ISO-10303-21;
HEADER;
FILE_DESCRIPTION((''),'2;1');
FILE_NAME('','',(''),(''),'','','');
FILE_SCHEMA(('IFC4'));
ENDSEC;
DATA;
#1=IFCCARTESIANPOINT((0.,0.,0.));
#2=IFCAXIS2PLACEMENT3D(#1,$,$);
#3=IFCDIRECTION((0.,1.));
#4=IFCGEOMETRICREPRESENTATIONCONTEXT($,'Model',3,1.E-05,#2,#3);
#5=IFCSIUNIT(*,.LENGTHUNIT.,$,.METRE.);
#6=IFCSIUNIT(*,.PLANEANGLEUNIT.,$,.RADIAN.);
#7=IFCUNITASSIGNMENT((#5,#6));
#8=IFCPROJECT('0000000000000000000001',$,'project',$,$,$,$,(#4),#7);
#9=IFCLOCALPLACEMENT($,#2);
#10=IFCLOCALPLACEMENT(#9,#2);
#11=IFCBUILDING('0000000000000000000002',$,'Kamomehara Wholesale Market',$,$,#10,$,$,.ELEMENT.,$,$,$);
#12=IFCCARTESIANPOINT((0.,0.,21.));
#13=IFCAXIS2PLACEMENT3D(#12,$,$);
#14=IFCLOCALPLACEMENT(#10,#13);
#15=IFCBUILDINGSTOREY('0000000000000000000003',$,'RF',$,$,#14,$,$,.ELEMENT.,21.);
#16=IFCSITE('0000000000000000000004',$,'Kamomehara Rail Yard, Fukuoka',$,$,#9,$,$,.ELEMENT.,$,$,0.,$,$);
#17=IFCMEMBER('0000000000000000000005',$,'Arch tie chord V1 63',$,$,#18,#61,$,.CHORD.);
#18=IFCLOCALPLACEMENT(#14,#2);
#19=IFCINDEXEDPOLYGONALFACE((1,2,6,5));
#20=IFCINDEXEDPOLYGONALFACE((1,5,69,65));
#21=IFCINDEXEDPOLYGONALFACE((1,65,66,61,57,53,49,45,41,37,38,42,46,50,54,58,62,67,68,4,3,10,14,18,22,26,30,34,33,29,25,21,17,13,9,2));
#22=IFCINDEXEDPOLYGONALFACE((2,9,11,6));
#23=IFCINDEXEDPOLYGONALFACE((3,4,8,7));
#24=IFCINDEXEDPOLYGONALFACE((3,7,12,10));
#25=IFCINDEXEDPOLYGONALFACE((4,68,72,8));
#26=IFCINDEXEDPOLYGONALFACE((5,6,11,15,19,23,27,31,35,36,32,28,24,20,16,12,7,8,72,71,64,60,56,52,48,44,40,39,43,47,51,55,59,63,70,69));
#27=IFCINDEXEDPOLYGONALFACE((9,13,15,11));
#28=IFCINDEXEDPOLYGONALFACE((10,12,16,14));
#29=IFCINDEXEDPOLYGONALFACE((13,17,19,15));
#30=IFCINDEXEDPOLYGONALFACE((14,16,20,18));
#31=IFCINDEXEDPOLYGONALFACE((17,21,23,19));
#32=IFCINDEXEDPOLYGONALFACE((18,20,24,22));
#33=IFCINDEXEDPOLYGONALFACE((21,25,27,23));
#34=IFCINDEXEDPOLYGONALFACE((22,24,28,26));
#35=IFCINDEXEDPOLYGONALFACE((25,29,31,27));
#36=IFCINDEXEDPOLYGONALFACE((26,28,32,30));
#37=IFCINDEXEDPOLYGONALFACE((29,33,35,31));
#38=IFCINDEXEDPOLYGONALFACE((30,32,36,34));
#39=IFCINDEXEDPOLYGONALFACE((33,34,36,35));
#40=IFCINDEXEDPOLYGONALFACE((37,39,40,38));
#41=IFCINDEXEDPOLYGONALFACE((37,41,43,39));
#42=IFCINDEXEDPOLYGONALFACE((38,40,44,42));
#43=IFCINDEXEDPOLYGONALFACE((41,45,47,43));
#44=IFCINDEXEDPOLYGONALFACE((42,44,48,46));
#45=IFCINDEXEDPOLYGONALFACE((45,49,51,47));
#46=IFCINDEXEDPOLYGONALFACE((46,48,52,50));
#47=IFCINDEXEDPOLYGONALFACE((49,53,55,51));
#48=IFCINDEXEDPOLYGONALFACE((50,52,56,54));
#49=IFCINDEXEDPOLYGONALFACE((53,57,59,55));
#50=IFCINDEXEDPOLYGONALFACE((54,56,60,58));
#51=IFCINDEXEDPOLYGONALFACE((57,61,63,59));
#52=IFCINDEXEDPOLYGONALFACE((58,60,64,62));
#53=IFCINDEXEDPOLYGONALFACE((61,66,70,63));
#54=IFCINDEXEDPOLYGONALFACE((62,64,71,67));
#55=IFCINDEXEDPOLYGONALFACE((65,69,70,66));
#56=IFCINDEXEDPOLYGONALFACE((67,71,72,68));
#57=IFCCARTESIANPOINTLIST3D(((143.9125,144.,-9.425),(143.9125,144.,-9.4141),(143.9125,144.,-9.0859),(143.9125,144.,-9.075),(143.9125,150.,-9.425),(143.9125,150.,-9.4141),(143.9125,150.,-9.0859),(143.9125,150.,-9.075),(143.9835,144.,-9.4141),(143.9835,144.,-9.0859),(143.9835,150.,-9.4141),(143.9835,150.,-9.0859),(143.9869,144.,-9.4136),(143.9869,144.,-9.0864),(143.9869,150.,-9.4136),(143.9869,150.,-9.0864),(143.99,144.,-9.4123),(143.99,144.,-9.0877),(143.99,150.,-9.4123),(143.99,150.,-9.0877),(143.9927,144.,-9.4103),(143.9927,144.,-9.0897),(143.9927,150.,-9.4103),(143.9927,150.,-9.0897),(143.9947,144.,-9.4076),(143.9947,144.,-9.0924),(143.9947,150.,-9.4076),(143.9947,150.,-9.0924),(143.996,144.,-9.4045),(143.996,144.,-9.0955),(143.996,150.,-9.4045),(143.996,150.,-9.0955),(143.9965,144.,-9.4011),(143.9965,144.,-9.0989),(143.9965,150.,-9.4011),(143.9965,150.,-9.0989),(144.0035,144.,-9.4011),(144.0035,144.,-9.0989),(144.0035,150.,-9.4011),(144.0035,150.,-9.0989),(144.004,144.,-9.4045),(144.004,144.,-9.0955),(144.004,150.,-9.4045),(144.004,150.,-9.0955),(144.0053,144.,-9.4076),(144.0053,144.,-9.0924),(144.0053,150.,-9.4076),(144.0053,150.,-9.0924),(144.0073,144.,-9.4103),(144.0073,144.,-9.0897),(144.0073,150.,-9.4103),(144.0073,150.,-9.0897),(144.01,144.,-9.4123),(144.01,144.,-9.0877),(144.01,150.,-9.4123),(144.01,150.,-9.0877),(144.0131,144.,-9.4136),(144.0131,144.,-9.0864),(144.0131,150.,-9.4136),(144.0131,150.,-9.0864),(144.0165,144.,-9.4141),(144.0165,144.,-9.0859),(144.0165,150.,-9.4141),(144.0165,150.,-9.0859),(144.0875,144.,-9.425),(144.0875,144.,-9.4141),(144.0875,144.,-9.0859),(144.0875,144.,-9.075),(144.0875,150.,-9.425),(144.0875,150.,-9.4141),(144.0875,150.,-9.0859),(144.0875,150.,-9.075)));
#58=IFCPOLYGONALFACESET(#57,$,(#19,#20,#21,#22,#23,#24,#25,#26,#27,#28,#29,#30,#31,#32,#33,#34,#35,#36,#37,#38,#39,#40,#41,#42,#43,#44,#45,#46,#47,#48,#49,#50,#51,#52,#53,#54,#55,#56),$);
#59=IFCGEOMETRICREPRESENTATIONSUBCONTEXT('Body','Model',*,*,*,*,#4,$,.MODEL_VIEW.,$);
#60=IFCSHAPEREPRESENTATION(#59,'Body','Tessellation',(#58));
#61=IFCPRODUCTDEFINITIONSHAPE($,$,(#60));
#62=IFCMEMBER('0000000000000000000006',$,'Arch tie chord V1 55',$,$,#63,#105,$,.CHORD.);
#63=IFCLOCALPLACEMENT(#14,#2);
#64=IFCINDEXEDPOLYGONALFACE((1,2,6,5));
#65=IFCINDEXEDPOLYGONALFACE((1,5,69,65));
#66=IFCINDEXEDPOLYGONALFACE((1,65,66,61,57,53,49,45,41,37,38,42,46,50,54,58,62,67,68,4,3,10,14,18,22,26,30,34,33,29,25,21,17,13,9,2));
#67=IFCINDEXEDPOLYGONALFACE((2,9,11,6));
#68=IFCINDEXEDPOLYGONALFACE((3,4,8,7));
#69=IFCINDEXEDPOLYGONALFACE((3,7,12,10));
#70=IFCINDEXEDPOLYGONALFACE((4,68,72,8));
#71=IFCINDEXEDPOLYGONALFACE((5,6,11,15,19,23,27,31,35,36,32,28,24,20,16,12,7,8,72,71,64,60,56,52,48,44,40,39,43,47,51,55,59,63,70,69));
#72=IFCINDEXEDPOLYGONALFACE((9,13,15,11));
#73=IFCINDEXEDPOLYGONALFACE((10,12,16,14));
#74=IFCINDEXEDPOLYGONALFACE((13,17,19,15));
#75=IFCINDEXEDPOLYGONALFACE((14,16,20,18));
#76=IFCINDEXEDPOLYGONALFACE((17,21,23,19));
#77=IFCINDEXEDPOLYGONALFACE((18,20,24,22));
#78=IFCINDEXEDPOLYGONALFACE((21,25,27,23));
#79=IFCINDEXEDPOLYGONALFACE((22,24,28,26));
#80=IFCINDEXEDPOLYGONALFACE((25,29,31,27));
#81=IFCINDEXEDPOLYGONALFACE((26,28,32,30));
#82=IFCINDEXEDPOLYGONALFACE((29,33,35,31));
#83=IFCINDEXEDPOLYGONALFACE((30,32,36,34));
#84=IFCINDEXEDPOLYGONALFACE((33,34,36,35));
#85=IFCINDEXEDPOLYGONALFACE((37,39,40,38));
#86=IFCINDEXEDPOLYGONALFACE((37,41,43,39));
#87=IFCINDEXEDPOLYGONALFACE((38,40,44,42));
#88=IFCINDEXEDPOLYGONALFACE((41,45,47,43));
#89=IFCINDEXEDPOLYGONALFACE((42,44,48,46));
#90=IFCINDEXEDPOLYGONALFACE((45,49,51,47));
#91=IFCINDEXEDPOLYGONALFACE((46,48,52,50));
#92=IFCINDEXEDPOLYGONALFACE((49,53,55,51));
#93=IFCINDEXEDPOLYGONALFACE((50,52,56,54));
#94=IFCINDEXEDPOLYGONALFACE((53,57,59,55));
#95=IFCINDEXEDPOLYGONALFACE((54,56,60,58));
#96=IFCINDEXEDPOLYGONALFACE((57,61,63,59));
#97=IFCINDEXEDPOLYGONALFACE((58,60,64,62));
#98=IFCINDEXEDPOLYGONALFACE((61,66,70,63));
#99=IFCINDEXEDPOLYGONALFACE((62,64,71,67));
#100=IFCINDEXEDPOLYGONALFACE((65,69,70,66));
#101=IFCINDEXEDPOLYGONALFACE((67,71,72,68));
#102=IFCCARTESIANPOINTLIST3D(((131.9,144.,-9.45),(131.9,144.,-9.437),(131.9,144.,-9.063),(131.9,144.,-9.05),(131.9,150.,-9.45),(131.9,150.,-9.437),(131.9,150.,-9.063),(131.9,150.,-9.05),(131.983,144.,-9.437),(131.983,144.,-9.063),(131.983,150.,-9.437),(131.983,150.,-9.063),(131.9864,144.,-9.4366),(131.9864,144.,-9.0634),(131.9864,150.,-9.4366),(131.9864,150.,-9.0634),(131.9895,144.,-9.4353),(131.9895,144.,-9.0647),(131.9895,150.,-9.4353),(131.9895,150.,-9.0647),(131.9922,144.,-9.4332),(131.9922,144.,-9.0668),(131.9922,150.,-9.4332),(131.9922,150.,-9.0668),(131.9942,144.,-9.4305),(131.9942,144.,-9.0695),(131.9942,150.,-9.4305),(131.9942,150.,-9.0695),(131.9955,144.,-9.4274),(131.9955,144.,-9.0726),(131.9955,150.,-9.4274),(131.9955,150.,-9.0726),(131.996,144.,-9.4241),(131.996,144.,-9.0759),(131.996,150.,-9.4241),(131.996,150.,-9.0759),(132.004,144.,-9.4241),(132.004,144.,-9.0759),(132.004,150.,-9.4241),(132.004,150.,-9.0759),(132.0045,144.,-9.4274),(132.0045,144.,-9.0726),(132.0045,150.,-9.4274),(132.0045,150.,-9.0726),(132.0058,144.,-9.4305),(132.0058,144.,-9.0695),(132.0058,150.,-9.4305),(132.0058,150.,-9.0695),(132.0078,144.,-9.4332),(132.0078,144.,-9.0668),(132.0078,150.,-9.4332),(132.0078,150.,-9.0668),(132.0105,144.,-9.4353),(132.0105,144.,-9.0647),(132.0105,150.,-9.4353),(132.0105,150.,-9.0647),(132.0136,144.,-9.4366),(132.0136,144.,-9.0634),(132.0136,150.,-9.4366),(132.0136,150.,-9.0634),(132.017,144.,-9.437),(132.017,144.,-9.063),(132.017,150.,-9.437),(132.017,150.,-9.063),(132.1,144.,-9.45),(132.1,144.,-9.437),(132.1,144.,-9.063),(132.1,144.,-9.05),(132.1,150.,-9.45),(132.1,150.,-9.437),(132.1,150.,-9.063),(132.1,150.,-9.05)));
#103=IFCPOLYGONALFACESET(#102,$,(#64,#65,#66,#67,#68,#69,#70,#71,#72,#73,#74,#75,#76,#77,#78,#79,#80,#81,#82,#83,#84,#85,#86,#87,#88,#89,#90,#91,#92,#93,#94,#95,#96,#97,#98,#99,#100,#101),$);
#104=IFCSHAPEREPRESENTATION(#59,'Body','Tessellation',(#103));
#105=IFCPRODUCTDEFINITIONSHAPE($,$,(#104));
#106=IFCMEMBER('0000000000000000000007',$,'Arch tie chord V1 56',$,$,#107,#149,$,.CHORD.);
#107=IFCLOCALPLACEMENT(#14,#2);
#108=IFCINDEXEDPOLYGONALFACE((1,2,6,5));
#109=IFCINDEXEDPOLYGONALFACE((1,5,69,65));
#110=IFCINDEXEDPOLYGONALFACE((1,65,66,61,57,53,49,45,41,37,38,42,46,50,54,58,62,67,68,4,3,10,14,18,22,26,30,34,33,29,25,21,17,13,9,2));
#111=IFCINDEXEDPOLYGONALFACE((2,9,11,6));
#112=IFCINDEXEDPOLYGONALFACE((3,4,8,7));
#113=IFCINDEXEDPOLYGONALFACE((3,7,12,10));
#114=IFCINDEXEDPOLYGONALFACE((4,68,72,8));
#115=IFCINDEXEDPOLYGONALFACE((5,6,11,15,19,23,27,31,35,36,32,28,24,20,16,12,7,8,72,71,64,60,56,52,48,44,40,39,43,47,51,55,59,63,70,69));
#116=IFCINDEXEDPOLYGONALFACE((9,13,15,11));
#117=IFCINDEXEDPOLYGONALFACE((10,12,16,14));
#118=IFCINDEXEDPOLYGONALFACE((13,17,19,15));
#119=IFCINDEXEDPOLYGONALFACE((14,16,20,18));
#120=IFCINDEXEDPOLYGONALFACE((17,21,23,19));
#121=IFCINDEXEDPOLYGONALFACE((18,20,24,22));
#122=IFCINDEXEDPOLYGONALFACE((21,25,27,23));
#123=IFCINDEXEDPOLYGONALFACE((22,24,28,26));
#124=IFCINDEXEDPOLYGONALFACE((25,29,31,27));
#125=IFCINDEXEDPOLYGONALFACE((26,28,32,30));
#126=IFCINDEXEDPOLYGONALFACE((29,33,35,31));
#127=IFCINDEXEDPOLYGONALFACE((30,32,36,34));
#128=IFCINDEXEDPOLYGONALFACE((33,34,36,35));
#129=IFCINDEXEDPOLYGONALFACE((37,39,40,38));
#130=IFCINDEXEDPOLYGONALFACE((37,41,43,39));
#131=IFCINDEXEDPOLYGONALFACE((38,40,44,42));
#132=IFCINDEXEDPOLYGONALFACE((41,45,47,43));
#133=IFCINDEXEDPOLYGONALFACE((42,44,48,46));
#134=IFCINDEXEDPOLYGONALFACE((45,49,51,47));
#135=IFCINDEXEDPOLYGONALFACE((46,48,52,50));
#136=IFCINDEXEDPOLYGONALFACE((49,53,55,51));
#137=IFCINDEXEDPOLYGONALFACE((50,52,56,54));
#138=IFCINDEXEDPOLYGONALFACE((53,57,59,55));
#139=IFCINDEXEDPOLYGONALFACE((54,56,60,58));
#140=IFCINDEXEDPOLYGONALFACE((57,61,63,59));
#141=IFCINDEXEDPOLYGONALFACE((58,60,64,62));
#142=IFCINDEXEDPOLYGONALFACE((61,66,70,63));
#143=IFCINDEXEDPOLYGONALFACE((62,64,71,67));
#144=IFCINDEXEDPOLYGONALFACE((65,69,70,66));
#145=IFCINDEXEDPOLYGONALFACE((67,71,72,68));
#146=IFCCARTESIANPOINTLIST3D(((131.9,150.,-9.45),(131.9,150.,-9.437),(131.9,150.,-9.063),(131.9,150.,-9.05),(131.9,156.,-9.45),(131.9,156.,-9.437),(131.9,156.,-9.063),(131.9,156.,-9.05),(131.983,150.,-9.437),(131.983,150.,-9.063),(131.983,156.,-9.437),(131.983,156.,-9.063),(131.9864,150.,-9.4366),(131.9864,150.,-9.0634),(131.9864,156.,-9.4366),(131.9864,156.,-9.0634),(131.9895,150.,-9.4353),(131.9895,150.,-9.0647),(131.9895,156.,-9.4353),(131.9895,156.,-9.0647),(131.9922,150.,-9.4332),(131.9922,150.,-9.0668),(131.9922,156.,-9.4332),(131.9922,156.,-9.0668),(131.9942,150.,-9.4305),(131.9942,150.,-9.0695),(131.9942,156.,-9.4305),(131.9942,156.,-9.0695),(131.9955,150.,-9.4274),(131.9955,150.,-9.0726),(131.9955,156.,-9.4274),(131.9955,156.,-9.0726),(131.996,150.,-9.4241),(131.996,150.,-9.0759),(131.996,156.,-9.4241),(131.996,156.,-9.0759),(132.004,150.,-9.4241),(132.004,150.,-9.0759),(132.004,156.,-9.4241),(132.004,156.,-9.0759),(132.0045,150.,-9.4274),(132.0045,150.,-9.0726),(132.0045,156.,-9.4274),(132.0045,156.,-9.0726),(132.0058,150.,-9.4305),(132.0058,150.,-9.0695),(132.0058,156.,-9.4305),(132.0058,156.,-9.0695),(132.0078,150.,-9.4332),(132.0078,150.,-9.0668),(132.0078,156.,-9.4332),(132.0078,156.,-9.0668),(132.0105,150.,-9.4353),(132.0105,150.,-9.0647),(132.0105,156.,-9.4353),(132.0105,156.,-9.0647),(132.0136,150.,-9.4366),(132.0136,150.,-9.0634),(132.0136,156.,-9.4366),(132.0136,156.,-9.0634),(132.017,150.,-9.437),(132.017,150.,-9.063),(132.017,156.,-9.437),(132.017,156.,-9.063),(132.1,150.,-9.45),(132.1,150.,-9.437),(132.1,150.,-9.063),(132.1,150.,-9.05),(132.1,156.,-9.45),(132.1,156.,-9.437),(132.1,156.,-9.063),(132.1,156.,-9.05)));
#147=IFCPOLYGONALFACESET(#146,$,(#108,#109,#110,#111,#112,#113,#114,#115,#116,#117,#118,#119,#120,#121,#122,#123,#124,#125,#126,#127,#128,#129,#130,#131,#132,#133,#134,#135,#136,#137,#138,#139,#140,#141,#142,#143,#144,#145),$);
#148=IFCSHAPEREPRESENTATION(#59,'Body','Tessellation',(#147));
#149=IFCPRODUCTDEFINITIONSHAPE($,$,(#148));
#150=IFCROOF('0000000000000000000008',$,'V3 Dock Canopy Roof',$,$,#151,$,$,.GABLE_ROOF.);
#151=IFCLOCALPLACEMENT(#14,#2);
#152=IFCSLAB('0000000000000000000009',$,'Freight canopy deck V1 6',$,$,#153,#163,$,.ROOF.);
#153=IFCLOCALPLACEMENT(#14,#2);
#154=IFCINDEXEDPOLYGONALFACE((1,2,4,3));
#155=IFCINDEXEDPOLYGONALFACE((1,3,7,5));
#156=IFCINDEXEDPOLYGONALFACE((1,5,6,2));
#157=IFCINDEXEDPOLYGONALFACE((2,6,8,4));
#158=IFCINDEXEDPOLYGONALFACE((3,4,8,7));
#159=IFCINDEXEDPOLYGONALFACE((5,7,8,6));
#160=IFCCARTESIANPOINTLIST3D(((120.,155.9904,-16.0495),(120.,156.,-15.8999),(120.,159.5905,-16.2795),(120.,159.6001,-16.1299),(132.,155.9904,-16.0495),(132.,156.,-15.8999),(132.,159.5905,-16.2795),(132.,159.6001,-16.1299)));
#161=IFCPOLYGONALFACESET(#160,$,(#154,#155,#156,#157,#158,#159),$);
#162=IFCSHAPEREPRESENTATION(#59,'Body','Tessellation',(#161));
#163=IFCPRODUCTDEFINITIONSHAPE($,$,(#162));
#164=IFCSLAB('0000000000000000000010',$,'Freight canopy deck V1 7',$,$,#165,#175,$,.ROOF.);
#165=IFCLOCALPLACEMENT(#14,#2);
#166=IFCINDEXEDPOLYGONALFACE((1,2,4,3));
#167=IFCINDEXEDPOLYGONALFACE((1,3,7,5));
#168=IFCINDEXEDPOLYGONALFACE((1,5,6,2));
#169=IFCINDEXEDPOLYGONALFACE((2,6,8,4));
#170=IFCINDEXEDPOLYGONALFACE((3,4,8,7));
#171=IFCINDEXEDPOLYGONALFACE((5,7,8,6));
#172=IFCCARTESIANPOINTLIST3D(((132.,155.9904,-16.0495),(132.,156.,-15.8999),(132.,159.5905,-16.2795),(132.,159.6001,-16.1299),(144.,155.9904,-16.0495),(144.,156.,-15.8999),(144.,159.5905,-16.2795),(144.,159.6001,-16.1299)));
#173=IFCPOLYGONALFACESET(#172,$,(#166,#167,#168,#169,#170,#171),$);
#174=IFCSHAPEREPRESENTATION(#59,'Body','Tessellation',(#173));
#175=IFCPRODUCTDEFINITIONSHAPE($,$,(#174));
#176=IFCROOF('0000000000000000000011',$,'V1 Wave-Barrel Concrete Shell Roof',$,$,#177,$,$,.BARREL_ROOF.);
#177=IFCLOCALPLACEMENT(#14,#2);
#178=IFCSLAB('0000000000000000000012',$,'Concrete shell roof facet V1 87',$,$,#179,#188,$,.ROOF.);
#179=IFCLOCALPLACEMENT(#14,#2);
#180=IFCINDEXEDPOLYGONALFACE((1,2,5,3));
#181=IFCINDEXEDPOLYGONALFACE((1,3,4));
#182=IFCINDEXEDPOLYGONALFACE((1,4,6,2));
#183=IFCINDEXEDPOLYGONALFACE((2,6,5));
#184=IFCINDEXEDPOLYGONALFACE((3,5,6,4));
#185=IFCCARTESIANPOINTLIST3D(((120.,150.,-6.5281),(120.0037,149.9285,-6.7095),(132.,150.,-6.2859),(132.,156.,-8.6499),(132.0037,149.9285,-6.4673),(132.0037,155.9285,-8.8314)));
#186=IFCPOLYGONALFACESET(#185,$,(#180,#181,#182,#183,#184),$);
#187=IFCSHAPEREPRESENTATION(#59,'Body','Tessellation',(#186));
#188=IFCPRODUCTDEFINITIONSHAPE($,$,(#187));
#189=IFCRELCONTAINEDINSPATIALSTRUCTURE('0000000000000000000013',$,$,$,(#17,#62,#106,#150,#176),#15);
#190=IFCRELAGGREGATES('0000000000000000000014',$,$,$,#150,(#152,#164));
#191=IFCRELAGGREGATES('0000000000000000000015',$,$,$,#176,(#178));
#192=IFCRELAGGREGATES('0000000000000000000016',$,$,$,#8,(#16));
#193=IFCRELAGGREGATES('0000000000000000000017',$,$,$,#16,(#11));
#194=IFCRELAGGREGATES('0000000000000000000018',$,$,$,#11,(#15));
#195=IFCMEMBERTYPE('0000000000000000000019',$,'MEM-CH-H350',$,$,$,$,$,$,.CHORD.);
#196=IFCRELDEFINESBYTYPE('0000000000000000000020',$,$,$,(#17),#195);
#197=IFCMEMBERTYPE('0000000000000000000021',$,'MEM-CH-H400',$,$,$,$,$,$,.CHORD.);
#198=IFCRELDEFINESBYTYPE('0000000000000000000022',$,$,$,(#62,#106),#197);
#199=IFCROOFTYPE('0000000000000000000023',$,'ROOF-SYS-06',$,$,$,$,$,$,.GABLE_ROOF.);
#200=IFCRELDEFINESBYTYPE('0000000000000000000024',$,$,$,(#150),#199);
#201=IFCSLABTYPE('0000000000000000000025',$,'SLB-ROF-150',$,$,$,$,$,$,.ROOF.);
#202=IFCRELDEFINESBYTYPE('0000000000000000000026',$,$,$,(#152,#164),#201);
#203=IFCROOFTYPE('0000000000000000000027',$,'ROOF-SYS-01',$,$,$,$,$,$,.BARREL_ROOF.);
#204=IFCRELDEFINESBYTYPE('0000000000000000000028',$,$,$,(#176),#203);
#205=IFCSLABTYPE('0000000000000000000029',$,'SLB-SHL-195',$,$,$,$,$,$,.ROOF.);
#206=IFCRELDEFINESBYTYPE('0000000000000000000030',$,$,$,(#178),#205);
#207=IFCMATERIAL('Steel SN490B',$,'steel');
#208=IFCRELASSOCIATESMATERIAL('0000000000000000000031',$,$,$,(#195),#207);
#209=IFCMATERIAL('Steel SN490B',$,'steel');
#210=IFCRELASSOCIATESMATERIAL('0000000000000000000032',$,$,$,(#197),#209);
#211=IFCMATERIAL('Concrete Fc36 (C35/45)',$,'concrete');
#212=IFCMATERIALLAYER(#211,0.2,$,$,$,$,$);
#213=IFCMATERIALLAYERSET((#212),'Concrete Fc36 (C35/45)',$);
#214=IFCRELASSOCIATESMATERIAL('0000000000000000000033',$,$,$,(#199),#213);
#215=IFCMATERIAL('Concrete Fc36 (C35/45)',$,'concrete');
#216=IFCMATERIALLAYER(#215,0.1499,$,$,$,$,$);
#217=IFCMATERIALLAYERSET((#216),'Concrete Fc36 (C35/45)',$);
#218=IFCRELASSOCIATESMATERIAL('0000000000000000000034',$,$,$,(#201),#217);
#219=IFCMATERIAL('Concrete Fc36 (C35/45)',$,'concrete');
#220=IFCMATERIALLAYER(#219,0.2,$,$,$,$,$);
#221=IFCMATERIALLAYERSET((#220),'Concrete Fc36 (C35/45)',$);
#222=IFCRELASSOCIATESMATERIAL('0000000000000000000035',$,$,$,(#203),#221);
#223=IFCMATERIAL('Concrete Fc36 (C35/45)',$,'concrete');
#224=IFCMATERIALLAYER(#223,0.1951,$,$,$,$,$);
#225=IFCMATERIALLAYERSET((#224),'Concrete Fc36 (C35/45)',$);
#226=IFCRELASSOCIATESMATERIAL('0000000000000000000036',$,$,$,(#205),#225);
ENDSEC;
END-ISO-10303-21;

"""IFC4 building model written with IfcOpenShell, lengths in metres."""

from ifc_helpers import new_model, si_unit, direction, frame, origin, origin_2d, place, context, subcontext, project, spatial, polyline, i_section, outline, extrude, material, layer, layer_set, material_profile, profile_set, type_object, element, aggregate, save


model = new_model("IFC4")

# Units and contexts
model_context = context("Model", 3, precision=1e-05, world=origin(), true_north=direction((0.0, 1.0)))
body_context = subcontext(model_context, "Body", "Model", "MODEL_VIEW")
ifc_project = project(units=[si_unit("LENGTHUNIT", "METRE"), si_unit("PLANEANGLEUNIT", "RADIAN")], contexts=[model_context])

# Site, building, storey
site_placement = place(None, origin())
site = spatial("IfcSite", under=ifc_project, at=site_placement, Name="Kamomehara Rail Yard, Fukuoka", CompositionType="ELEMENT", RefElevation=0.0)
building_placement = place(site_placement, origin())
building = spatial("IfcBuilding", under=site, at=building_placement, Name="Kamomehara Wholesale Market", CompositionType="ELEMENT")
storey_placement = place(building_placement, frame((0.0, 0.0, 21.0)))
storey = spatial("IfcBuildingStorey", under=building, at=storey_placement, Name="RF", CompositionType="ELEMENT", Elevation=21.0)

# Members
ifc_material_1 = material(Name="Steel SN490B", Category="steel")
ifc_material_profile_1 = material_profile(ifc_material_1, i_section(OverallWidth=0.175, OverallDepth=0.3501, WebThickness=0.0071, FlangeThickness=0.011, FilletRadius=0.0129, at=origin_2d()), Name="H-350x175x7x11")
ifc_profile_set_1 = profile_set([ifc_material_profile_1], Name="Steel SN490B")
member_type_1 = type_object("IfcMemberType", Name="MEM-CH-H350", PredefinedType="CHORD", material=ifc_profile_set_1)
for number, where, z_axis, x_axis, name in (
    (1, (144.0, 144.0, -9.25), (0.0, 1.0, 0.0), (-1.0, 0.0, 0.0), "Arch tie chord V1 63"),
):
    element("IfcMember", number, at=place(storey_placement, frame(where, z_axis=z_axis, x_axis=x_axis)), inside=storey, type_object=member_type_1, Name=name, PredefinedType="CHORD", context=body_context, shape_type="SweptSolid", body=[
        extrude(i_section(OverallWidth=0.175, OverallDepth=0.3501, WebThickness=0.0071, FlangeThickness=0.011, FilletRadius=0.0129, at=origin_2d()), origin(), (0.0, 0.0, 1.0), 6.0),
    ])
ifc_material_2 = material(Name="Steel SN490B", Category="steel")
ifc_material_profile_2 = material_profile(ifc_material_2, i_section(OverallWidth=0.2, OverallDepth=0.3999, WebThickness=0.0081, FlangeThickness=0.0129, FilletRadius=0.0129, at=origin_2d()), Name="H-400x200x8x13")
ifc_profile_set_2 = profile_set([ifc_material_profile_2], Name="Steel SN490B")
member_type_2 = type_object("IfcMemberType", Name="MEM-CH-H400", PredefinedType="CHORD", material=ifc_profile_set_2)
for number, where, z_axis, x_axis, name in (
    (2, (132.0, 144.0, -9.25), (0.0, 1.0, 0.0), (-1.0, 0.0, 0.0), "Arch tie chord V1 55"),
    (3, (132.0, 150.0, -9.25), (0.0, 1.0, 0.0), (-1.0, 0.0, 0.0), "Arch tie chord V1 56"),
):
    element("IfcMember", number, at=place(storey_placement, frame(where, z_axis=z_axis, x_axis=x_axis)), inside=storey, type_object=member_type_2, Name=name, PredefinedType="CHORD", context=body_context, shape_type="SweptSolid", body=[
        extrude(i_section(OverallWidth=0.2, OverallDepth=0.3999, WebThickness=0.0081, FlangeThickness=0.0129, FilletRadius=0.0129, at=origin_2d()), origin(), (0.0, 0.0, 1.0), 6.0),
    ])

# Roofs, slabs
ifc_material_3 = material(Name="Concrete Fc36 (C35/45)", Category="concrete")
ifc_layer_1 = layer(ifc_material_3, 0.2)
ifc_layer_set_1 = layer_set([ifc_layer_1], Name="Concrete Fc36 (C35/45)")
roof_type_1 = type_object("IfcRoofType", Name="ROOF-SYS-06", PredefinedType="GABLE_ROOF", material=ifc_layer_set_1)
roof_1_placement = place(storey_placement, origin())
roof_1 = element("IfcRoof", 4, at=roof_1_placement, inside=storey, type_object=roof_type_1, Name="V3 Dock Canopy Roof", PredefinedType="GABLE_ROOF")
ifc_material_4 = material(Name="Concrete Fc36 (C35/45)", Category="concrete")
ifc_layer_2 = layer(ifc_material_4, 0.1499)
ifc_layer_set_2 = layer_set([ifc_layer_2], Name="Concrete Fc36 (C35/45)")
slab_type_1 = type_object("IfcSlabType", Name="SLB-ROF-150", PredefinedType="ROOF", material=ifc_layer_set_2)
slab_1_placement = place(storey_placement, frame((120.0, 156.0, -15.8999), z_axis=(0.0, 0.063752, 0.997966), x_axis=(1.0, 0.0, 0.0)))
slab_1 = element("IfcSlab", 5, at=slab_1_placement, type_object=slab_type_1, Name="Freight canopy deck V1 6", PredefinedType="ROOF", context=body_context, shape_type="SweptSolid", body=[
    extrude(outline(polyline([(0.0, 0.0), (12.0, 0.0), (12.0, 3.6074), (0.0, 3.6074), (0.0, 0.0)])), origin(), (0.0, 0.0, -1.0), 0.1499),
])
slab_2_placement = place(storey_placement, frame((132.0, 156.0, -15.8999), z_axis=(0.0, 0.063752, 0.997966), x_axis=(1.0, 0.0, 0.0)))
slab_2 = element("IfcSlab", 6, at=slab_2_placement, type_object=slab_type_1, Name="Freight canopy deck V1 7", PredefinedType="ROOF", context=body_context, shape_type="SweptSolid", body=[
    extrude(outline(polyline([(0.0, 0.0), (12.0, 0.0), (12.0, 3.6074), (0.0, 3.6074), (0.0, 0.0)])), origin(), (0.0, 0.0, -1.0), 0.1499),
])
aggregate(roof_1, [slab_1, slab_2])
ifc_material_5 = material(Name="Concrete Fc36 (C35/45)", Category="concrete")
ifc_layer_3 = layer(ifc_material_5, 0.2)
ifc_layer_set_3 = layer_set([ifc_layer_3], Name="Concrete Fc36 (C35/45)")
roof_type_2 = type_object("IfcRoofType", Name="ROOF-SYS-01", PredefinedType="BARREL_ROOF", material=ifc_layer_set_3)
roof_2_placement = place(storey_placement, origin())
roof_2 = element("IfcRoof", 7, at=roof_2_placement, inside=storey, type_object=roof_type_2, Name="V1 Wave-Barrel Concrete Shell Roof", PredefinedType="BARREL_ROOF")
ifc_material_6 = material(Name="Concrete Fc36 (C35/45)", Category="concrete")
ifc_layer_4 = layer(ifc_material_6, 0.1951)
ifc_layer_set_4 = layer_set([ifc_layer_4], Name="Concrete Fc36 (C35/45)")
slab_type_2 = type_object("IfcSlabType", Name="SLB-SHL-195", PredefinedType="ROOF", material=ifc_layer_set_4)
slab_3_placement = place(storey_placement, frame((120.0, 150.0, -6.5281), z_axis=(-0.018774, 0.366511, 0.930224), x_axis=(0.999796, 0.0, 0.020178)))
slab_3 = element("IfcSlab", 8, at=slab_3_placement, type_object=slab_type_2, Name="Concrete shell roof facet V1 87", PredefinedType="ROOF", context=body_context, shape_type="SweptSolid", body=[
    extrude(outline(polyline([(0.0, 0.0), (12.0024, 0.0), (11.9547, 6.4487), (0.0, 0.0)])), origin(), (0.0, 0.0, -1.0), 0.1951),
])
aggregate(roof_2, [slab_3])

save(model, "model.ifc")
